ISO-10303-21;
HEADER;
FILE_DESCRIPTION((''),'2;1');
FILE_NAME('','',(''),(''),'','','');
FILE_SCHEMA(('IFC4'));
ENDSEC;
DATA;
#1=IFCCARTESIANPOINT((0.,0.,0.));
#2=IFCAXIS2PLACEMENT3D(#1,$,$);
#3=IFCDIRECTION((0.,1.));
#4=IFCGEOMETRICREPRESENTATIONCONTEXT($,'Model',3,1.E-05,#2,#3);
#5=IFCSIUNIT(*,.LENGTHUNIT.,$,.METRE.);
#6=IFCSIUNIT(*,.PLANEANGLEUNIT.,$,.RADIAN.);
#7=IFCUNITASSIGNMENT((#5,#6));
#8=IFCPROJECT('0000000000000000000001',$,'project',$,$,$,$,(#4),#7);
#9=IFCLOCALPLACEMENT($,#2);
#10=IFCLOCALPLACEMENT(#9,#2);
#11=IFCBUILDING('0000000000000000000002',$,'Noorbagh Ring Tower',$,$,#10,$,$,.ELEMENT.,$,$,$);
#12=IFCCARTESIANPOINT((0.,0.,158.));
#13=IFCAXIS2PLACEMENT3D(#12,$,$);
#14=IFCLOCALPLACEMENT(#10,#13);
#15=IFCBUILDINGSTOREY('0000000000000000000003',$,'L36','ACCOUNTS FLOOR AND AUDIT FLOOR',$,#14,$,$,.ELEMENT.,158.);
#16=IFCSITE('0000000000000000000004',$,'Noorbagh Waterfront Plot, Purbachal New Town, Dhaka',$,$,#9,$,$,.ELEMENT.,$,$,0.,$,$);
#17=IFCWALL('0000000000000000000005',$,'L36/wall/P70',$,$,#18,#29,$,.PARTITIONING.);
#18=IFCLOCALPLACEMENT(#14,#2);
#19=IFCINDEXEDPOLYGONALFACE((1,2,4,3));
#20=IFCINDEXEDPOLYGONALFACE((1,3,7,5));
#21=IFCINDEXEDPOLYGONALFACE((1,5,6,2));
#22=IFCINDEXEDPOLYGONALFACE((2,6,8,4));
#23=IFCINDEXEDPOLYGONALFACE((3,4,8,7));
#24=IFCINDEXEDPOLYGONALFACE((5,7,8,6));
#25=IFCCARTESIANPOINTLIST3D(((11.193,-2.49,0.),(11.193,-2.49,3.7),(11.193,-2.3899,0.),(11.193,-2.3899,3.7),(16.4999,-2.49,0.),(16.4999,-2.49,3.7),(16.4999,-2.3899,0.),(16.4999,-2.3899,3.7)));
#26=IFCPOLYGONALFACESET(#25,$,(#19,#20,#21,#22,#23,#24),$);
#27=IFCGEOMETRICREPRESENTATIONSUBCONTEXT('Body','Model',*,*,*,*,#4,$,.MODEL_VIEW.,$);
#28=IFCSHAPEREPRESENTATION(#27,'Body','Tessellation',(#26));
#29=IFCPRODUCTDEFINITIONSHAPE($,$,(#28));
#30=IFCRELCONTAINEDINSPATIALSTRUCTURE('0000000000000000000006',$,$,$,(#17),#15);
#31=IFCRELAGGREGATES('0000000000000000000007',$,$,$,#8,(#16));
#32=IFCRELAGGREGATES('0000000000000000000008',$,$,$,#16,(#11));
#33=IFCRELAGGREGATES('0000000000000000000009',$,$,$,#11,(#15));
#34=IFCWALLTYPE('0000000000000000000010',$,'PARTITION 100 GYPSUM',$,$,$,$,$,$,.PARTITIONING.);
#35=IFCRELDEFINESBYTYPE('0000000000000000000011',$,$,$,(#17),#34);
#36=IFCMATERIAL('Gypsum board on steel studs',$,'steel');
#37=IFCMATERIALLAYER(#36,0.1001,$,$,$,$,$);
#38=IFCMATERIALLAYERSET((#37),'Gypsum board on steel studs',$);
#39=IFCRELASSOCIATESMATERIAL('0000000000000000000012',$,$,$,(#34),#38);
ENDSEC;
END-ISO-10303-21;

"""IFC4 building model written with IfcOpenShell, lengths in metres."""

from ifc_helpers import new_model, si_unit, direction, frame, frame_2d, origin, place, context, subcontext, project, spatial, rectangle, extrude, material, layer, layer_set, type_object, element, save


model = new_model("IFC4")

# Units and contexts
model_context = context("Model", 3, precision=1e-05, world=origin(), true_north=direction((0.0, 1.0)))
body_context = subcontext(model_context, "Body", "Model", "MODEL_VIEW")
ifc_project = project(units=[si_unit("LENGTHUNIT", "METRE"), si_unit("PLANEANGLEUNIT", "RADIAN")], contexts=[model_context])

# Site, building, storey
site_placement = place(None, origin())
site = spatial("IfcSite", under=ifc_project, at=site_placement, Name="Noorbagh Waterfront Plot, Purbachal New Town, Dhaka", CompositionType="ELEMENT", RefElevation=0.0)
building_placement = place(site_placement, origin())
building = spatial("IfcBuilding", under=site, at=building_placement, Name="Noorbagh Ring Tower", CompositionType="ELEMENT")
storey_placement = place(building_placement, frame((0.0, 0.0, 158.0)))
storey = spatial("IfcBuildingStorey", under=building, at=storey_placement, Name="L36", Description="ACCOUNTS FLOOR AND AUDIT FLOOR", CompositionType="ELEMENT", Elevation=158.0)

# Wall
ifc_material_1 = material(Name="Gypsum board on steel studs", Category="steel")
ifc_layer_1 = layer(ifc_material_1, 0.1001)
ifc_layer_set_1 = layer_set([ifc_layer_1], Name="Gypsum board on steel studs")
wall_type_1 = type_object("IfcWallType", Name="PARTITION 100 GYPSUM", PredefinedType="PARTITIONING", material=ifc_layer_set_1)
wall_1_placement = place(storey_placement, frame((11.1931, -2.4399, 0.0), z_axis=(0.0, 0.0, 1.0), x_axis=(1.0, 0.0, 0.0)))
element("IfcWall", 1, at=wall_1_placement, inside=storey, type_object=wall_type_1, Name="L36/wall/P70", PredefinedType="PARTITIONING", context=body_context, shape_type="SweptSolid", body=[
    extrude(rectangle(XDim=5.3069, YDim=0.1001, at=frame_2d((2.6533, 0.0))), origin(), (0.0, 0.0, 1.0), 3.7),
])

save(model, "model.ifc")
